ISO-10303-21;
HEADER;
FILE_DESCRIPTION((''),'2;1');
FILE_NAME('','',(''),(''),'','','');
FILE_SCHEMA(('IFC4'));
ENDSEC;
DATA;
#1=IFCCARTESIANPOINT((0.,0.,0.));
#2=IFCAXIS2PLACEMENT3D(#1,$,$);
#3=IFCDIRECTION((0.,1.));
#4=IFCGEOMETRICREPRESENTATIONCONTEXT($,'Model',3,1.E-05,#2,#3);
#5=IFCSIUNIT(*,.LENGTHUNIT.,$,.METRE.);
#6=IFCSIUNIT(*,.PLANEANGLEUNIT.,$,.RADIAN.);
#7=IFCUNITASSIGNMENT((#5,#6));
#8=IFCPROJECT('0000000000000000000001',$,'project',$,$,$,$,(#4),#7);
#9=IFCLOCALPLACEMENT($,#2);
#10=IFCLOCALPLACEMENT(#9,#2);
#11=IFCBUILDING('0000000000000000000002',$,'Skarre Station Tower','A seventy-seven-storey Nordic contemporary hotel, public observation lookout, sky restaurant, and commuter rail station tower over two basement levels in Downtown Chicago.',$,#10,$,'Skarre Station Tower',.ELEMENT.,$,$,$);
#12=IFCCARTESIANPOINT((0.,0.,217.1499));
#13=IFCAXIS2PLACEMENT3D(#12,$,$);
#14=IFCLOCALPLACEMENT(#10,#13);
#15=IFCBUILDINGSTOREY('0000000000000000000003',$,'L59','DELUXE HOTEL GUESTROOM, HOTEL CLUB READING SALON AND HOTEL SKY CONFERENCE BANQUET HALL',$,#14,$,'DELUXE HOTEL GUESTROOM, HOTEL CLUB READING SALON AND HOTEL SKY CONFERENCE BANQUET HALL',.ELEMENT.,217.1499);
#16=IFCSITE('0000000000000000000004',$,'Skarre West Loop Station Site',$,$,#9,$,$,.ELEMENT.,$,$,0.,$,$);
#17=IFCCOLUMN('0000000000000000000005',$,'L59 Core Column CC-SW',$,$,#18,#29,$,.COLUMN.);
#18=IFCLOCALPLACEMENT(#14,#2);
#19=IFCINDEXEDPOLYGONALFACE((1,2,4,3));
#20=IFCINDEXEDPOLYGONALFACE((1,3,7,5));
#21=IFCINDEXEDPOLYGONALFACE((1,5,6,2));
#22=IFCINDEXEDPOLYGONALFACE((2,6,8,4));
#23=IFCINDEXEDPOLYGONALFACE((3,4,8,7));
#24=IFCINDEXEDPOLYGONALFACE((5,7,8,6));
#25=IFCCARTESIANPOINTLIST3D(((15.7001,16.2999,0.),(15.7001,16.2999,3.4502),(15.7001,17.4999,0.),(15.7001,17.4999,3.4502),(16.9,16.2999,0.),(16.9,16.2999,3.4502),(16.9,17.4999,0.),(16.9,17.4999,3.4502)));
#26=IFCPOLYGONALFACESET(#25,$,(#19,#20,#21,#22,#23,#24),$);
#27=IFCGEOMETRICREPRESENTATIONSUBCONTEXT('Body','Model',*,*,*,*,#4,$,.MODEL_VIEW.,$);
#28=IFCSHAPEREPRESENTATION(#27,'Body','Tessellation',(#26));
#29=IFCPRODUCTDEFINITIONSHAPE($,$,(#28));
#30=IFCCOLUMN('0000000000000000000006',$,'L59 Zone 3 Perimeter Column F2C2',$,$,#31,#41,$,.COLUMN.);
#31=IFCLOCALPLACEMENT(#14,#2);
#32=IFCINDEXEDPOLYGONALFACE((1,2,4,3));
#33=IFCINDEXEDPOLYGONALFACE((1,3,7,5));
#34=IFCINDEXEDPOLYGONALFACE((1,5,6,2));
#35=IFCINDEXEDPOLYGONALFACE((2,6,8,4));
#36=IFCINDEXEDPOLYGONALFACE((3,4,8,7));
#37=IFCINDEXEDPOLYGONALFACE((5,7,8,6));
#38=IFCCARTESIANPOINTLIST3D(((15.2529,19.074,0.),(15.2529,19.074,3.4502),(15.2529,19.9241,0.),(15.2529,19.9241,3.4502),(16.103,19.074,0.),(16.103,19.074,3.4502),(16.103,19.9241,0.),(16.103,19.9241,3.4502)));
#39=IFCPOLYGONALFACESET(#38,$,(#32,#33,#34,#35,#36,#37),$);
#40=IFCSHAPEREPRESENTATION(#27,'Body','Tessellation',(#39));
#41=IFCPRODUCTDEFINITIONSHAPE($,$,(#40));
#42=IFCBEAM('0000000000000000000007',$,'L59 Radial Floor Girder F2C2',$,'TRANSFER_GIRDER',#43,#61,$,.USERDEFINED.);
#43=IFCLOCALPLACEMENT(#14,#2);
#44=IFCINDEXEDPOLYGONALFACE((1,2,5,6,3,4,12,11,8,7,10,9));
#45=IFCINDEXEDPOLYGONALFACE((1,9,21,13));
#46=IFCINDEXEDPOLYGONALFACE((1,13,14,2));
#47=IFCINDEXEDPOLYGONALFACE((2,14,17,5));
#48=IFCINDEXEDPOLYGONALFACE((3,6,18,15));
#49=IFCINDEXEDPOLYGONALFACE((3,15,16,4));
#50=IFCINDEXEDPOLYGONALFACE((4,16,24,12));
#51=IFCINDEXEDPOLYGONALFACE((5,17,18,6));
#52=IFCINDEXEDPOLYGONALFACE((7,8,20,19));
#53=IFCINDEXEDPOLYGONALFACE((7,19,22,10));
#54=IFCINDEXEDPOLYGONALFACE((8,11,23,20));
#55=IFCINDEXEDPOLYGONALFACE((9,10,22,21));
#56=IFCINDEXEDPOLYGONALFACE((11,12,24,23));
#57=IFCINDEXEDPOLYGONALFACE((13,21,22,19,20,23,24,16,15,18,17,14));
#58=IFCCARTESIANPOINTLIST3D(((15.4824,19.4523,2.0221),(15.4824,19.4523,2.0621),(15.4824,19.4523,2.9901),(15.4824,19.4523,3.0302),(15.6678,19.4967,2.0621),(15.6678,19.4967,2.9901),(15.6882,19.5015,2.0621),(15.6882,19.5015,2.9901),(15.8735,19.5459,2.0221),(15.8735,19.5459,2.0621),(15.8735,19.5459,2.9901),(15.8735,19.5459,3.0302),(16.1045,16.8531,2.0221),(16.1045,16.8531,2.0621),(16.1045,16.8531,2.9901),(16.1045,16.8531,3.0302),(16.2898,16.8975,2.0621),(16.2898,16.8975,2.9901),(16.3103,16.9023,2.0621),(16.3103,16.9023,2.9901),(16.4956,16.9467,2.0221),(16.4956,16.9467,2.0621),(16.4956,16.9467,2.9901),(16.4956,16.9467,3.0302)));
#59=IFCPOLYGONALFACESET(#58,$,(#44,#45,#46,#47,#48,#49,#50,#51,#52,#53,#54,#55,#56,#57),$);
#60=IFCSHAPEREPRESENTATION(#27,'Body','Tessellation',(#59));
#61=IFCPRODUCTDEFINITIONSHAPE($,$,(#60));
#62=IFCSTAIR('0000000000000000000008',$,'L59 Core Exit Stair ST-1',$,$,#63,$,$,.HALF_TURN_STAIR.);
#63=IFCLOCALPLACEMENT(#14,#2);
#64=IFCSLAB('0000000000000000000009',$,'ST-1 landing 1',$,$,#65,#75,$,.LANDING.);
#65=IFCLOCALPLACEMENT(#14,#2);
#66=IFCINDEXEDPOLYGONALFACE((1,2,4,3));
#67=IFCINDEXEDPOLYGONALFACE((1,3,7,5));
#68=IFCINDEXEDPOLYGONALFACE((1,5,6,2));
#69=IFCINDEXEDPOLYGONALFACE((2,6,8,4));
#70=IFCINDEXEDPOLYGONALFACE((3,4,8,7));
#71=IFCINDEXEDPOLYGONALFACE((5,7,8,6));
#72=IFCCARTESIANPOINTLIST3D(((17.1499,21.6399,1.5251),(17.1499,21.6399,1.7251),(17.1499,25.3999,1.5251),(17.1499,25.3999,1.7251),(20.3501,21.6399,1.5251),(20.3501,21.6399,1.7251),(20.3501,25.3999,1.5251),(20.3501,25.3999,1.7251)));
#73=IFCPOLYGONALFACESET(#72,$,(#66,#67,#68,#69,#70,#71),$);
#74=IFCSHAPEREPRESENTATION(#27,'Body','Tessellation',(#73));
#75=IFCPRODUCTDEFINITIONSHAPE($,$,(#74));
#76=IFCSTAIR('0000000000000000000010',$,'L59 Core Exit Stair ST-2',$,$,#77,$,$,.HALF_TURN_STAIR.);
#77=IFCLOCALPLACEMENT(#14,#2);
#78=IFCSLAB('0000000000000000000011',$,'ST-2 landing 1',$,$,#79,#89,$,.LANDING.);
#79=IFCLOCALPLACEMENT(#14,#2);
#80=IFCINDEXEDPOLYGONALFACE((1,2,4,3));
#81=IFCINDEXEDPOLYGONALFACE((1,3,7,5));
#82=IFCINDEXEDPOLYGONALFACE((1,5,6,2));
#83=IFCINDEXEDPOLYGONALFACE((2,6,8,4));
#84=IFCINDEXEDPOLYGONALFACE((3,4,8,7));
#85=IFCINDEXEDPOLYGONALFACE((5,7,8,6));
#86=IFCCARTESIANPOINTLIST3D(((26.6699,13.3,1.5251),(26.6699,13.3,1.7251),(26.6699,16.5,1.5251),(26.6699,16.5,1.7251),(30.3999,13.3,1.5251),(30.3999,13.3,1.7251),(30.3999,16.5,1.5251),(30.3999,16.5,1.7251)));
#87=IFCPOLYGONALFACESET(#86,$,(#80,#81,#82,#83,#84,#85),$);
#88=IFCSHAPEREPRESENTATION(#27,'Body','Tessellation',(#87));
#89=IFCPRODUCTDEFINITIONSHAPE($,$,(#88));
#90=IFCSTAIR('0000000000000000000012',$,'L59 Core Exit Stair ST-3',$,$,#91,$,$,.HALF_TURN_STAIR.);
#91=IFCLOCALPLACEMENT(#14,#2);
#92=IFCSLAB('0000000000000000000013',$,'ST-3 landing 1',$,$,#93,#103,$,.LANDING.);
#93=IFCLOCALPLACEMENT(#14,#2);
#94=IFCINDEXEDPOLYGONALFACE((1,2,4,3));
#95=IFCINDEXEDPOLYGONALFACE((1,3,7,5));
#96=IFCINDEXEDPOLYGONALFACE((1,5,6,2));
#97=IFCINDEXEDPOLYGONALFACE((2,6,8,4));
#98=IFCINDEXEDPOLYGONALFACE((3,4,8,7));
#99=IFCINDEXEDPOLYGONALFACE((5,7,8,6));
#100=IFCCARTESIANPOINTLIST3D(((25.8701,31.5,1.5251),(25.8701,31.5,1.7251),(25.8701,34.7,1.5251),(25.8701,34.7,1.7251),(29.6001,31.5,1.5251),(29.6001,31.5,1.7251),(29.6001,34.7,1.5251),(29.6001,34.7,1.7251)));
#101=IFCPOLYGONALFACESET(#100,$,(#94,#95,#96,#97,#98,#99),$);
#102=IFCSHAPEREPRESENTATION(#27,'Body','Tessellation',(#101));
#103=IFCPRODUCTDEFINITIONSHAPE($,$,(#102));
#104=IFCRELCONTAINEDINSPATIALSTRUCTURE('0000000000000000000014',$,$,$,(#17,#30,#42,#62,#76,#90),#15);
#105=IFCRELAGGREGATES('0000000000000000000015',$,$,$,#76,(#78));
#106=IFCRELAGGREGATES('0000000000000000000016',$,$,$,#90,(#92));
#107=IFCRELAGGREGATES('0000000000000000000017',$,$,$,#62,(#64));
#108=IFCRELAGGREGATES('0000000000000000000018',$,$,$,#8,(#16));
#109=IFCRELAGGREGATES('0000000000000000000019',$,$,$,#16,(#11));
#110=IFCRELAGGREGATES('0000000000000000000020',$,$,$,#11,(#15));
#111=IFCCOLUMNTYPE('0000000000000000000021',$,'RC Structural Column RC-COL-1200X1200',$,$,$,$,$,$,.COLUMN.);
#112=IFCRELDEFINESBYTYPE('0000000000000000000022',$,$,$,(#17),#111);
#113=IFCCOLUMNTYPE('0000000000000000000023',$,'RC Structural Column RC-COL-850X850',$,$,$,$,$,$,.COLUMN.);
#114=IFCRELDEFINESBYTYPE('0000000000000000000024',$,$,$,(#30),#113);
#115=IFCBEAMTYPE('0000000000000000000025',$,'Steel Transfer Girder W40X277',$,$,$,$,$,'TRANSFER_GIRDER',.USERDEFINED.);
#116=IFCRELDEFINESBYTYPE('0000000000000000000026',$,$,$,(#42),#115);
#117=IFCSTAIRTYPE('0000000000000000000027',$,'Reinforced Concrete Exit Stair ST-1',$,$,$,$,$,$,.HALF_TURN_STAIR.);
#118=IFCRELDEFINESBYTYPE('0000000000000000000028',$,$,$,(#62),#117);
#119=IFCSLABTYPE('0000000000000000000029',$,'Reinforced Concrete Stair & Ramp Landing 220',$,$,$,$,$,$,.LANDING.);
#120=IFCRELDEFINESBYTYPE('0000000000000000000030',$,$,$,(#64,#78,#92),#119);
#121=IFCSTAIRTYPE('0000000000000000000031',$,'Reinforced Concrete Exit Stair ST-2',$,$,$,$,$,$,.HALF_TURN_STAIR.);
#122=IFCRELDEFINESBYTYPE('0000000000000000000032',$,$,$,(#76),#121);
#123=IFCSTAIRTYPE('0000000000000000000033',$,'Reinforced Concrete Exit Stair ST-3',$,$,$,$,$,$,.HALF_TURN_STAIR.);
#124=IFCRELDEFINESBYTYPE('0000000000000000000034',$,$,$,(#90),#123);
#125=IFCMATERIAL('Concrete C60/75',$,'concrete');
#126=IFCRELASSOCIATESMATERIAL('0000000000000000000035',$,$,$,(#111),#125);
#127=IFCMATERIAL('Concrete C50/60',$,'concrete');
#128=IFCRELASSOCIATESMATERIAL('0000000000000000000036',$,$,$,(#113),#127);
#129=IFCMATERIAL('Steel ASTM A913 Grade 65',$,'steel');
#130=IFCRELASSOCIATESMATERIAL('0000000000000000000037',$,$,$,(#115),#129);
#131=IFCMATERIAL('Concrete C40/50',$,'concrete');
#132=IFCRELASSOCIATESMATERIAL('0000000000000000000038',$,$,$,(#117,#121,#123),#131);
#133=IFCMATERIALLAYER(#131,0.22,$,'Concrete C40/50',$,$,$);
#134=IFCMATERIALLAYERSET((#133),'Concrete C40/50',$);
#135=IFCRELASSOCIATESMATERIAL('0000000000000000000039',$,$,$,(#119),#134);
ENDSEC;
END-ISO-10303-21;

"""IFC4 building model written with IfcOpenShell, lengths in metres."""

from ifc_helpers import new_model, si_unit, direction, frame, origin, origin_2d, place, context, subcontext, project, spatial, polyline, rectangle, i_section, outline, extrude, material, layer, layer_set, material_profile, profile_set, type_object, element, aggregate, save


model = new_model("IFC4")

# Units and contexts
model_context = context("Model", 3, precision=1e-05, world=origin(), true_north=direction((0.0, 1.0)))
body_context = subcontext(model_context, "Body", "Model", "MODEL_VIEW")
ifc_project = project(units=[si_unit("LENGTHUNIT", "METRE"), si_unit("PLANEANGLEUNIT", "RADIAN")], contexts=[model_context])

# Site, building, storey
site_placement = place(None, origin())
site = spatial("IfcSite", under=ifc_project, at=site_placement, Name="Skarre West Loop Station Site", CompositionType="ELEMENT", RefElevation=0.0)
building_placement = place(site_placement, origin())
building = spatial("IfcBuilding", under=site, at=building_placement, Name="Skarre Station Tower", Description="A seventy-seven-storey Nordic contemporary hotel, public observation lookout, sky restaurant, and commuter rail station tower over two basement levels in Downtown Chicago.", LongName="Skarre Station Tower", CompositionType="ELEMENT")
storey_placement = place(building_placement, frame((0.0, 0.0, 217.1499)))
storey = spatial("IfcBuildingStorey", under=building, at=storey_placement, Name="L59", Description="DELUXE HOTEL GUESTROOM, HOTEL CLUB READING SALON AND HOTEL SKY CONFERENCE BANQUET HALL", LongName="DELUXE HOTEL GUESTROOM, HOTEL CLUB READING SALON AND HOTEL SKY CONFERENCE BANQUET HALL", CompositionType="ELEMENT", Elevation=217.1499)

# Columns
ifc_material_1 = material(Name="Concrete C60/75", Category="concrete")
ifc_material_profile_1 = material_profile(ifc_material_1, rectangle(XDim=1.2, YDim=1.2, at=origin_2d()), Name="Concrete C60/75")
ifc_profile_set_1 = profile_set([ifc_material_profile_1], Name="Concrete C60/75")
column_type_1 = type_object("IfcColumnType", Name="RC Structural Column RC-COL-1200X1200", PredefinedType="COLUMN", material=ifc_profile_set_1)
column_1_placement = place(storey_placement, frame((16.3, 16.8999, 0.0), z_axis=(0.0, 0.0, 1.0), x_axis=(1.0, 0.0, 0.0)))
element("IfcColumn", 1, at=column_1_placement, inside=storey, type_object=column_type_1, Name="L59 Core Column CC-SW", PredefinedType="COLUMN", context=body_context, shape_type="SweptSolid", body=[
    extrude(rectangle(XDim=1.2, YDim=1.2, at=origin_2d()), origin(), (0.0, 0.0, 1.0), 3.4502),
])
ifc_material_2 = material(Name="Concrete C50/60", Category="concrete")
ifc_material_profile_2 = material_profile(ifc_material_2, rectangle(XDim=0.8501, YDim=0.8501, at=origin_2d()), Name="Concrete C50/60")
ifc_profile_set_2 = profile_set([ifc_material_profile_2], Name="Concrete C50/60")
column_type_2 = type_object("IfcColumnType", Name="RC Structural Column RC-COL-850X850", PredefinedType="COLUMN", material=ifc_profile_set_2)
column_2_placement = place(storey_placement, frame((15.678, 19.499, 0.0), z_axis=(0.0, 0.0, 1.0), x_axis=(1.0, 0.0, 0.0)))
element("IfcColumn", 2, at=column_2_placement, inside=storey, type_object=column_type_2, Name="L59 Zone 3 Perimeter Column F2C2", PredefinedType="COLUMN", context=body_context, shape_type="SweptSolid", body=[
    extrude(rectangle(XDim=0.8501, YDim=0.8501, at=origin_2d()), origin(), (0.0, 0.0, 1.0), 3.4502),
])

# Beam
ifc_material_3 = material(Name="Steel ASTM A913 Grade 65", Category="steel")
ifc_material_profile_3 = material_profile(ifc_material_3, i_section(OverallWidth=0.4021, OverallDepth=1.0081, WebThickness=0.021, FlangeThickness=0.04, at=origin_2d()), Name="Steel ASTM A913 Grade 65")
ifc_profile_set_3 = profile_set([ifc_material_profile_3], Name="Steel ASTM A913 Grade 65")
beam_type = type_object("IfcBeamType", Name="Steel Transfer Girder W40X277", ElementType="TRANSFER_GIRDER", PredefinedType="USERDEFINED", material=ifc_profile_set_3)
beam_placement = place(storey_placement, frame((16.3, 16.8999, 2.5261), z_axis=(-0.232765, 0.972533, 0.0), x_axis=(-0.972533, -0.232765, 0.0)))
element("IfcBeam", 3, at=beam_placement, inside=storey, type_object=beam_type, Name="L59 Radial Floor Girder F2C2", ObjectType="TRANSFER_GIRDER", PredefinedType="USERDEFINED", context=body_context, shape_type="SweptSolid", body=[
    extrude(i_section(OverallWidth=0.4021, OverallDepth=1.0081, WebThickness=0.021, FlangeThickness=0.04, at=origin_2d()), origin(), (0.0, 0.0, 1.0), 2.6726),
])

# Stairs, slabs
ifc_material_4 = material(Name="Concrete C40/50", Category="concrete")
stair_type_1 = type_object("IfcStairType", Name="Reinforced Concrete Exit Stair ST-1", PredefinedType="HALF_TURN_STAIR", material=ifc_material_4)
stair_1_placement = place(storey_placement, origin())
stair_1 = element("IfcStair", 4, at=stair_1_placement, inside=storey, type_object=stair_type_1, Name="L59 Core Exit Stair ST-1", PredefinedType="HALF_TURN_STAIR")
ifc_layer_1 = layer(ifc_material_4, 0.22, Name="Concrete C40/50")
ifc_layer_set_1 = layer_set([ifc_layer_1], Name="Concrete C40/50")
slab_type_1 = type_object("IfcSlabType", Name="Reinforced Concrete Stair & Ramp Landing 220", PredefinedType="LANDING", material=ifc_layer_set_1)
slab_1_placement = place(storey_placement, frame((0.0, 0.0, 1.5251)))
slab_1 = element("IfcSlab", 5, at=slab_1_placement, type_object=slab_type_1, Name="ST-1 landing 1", PredefinedType="LANDING", context=body_context, shape_type="SweptSolid", body=[
    extrude(outline(polyline([(20.3501, 21.6399), (20.3501, 25.3999), (17.1499, 25.3999), (17.1499, 21.6399), (20.3501, 21.6399)])), origin(), (0.0, 0.0, 1.0), 0.2),
])
stair_type_2 = type_object("IfcStairType", Name="Reinforced Concrete Exit Stair ST-2", PredefinedType="HALF_TURN_STAIR", material=ifc_material_4)
stair_2_placement = place(storey_placement, origin())
stair_2 = element("IfcStair", 6, at=stair_2_placement, inside=storey, type_object=stair_type_2, Name="L59 Core Exit Stair ST-2", PredefinedType="HALF_TURN_STAIR")
slab_2_placement = place(storey_placement, frame((0.0, 0.0, 1.5251)))
slab_2 = element("IfcSlab", 7, at=slab_2_placement, type_object=slab_type_1, Name="ST-2 landing 1", PredefinedType="LANDING", context=body_context, shape_type="SweptSolid", body=[
    extrude(outline(polyline([(26.6699, 13.3), (30.3999, 13.3), (30.3999, 16.5), (26.6699, 16.5), (26.6699, 13.3)])), origin(), (0.0, 0.0, 1.0), 0.2),
])
aggregate(stair_2, [slab_2])
stair_type_3 = type_object("IfcStairType", Name="Reinforced Concrete Exit Stair ST-3", PredefinedType="HALF_TURN_STAIR", material=ifc_material_4)
stair_3_placement = place(storey_placement, origin())
stair_3 = element("IfcStair", 8, at=stair_3_placement, inside=storey, type_object=stair_type_3, Name="L59 Core Exit Stair ST-3", PredefinedType="HALF_TURN_STAIR")
slab_3_placement = place(storey_placement, frame((0.0, 0.0, 1.5251)))
slab_3 = element("IfcSlab", 9, at=slab_3_placement, type_object=slab_type_1, Name="ST-3 landing 1", PredefinedType="LANDING", context=body_context, shape_type="SweptSolid", body=[
    extrude(outline(polyline([(25.8701, 31.5), (29.6001, 31.5), (29.6001, 34.7), (25.8701, 34.7), (25.8701, 31.5)])), origin(), (0.0, 0.0, 1.0), 0.2),
])
aggregate(stair_3, [slab_3])

aggregate(stair_1, [slab_1])

save(model, "model.ifc")
